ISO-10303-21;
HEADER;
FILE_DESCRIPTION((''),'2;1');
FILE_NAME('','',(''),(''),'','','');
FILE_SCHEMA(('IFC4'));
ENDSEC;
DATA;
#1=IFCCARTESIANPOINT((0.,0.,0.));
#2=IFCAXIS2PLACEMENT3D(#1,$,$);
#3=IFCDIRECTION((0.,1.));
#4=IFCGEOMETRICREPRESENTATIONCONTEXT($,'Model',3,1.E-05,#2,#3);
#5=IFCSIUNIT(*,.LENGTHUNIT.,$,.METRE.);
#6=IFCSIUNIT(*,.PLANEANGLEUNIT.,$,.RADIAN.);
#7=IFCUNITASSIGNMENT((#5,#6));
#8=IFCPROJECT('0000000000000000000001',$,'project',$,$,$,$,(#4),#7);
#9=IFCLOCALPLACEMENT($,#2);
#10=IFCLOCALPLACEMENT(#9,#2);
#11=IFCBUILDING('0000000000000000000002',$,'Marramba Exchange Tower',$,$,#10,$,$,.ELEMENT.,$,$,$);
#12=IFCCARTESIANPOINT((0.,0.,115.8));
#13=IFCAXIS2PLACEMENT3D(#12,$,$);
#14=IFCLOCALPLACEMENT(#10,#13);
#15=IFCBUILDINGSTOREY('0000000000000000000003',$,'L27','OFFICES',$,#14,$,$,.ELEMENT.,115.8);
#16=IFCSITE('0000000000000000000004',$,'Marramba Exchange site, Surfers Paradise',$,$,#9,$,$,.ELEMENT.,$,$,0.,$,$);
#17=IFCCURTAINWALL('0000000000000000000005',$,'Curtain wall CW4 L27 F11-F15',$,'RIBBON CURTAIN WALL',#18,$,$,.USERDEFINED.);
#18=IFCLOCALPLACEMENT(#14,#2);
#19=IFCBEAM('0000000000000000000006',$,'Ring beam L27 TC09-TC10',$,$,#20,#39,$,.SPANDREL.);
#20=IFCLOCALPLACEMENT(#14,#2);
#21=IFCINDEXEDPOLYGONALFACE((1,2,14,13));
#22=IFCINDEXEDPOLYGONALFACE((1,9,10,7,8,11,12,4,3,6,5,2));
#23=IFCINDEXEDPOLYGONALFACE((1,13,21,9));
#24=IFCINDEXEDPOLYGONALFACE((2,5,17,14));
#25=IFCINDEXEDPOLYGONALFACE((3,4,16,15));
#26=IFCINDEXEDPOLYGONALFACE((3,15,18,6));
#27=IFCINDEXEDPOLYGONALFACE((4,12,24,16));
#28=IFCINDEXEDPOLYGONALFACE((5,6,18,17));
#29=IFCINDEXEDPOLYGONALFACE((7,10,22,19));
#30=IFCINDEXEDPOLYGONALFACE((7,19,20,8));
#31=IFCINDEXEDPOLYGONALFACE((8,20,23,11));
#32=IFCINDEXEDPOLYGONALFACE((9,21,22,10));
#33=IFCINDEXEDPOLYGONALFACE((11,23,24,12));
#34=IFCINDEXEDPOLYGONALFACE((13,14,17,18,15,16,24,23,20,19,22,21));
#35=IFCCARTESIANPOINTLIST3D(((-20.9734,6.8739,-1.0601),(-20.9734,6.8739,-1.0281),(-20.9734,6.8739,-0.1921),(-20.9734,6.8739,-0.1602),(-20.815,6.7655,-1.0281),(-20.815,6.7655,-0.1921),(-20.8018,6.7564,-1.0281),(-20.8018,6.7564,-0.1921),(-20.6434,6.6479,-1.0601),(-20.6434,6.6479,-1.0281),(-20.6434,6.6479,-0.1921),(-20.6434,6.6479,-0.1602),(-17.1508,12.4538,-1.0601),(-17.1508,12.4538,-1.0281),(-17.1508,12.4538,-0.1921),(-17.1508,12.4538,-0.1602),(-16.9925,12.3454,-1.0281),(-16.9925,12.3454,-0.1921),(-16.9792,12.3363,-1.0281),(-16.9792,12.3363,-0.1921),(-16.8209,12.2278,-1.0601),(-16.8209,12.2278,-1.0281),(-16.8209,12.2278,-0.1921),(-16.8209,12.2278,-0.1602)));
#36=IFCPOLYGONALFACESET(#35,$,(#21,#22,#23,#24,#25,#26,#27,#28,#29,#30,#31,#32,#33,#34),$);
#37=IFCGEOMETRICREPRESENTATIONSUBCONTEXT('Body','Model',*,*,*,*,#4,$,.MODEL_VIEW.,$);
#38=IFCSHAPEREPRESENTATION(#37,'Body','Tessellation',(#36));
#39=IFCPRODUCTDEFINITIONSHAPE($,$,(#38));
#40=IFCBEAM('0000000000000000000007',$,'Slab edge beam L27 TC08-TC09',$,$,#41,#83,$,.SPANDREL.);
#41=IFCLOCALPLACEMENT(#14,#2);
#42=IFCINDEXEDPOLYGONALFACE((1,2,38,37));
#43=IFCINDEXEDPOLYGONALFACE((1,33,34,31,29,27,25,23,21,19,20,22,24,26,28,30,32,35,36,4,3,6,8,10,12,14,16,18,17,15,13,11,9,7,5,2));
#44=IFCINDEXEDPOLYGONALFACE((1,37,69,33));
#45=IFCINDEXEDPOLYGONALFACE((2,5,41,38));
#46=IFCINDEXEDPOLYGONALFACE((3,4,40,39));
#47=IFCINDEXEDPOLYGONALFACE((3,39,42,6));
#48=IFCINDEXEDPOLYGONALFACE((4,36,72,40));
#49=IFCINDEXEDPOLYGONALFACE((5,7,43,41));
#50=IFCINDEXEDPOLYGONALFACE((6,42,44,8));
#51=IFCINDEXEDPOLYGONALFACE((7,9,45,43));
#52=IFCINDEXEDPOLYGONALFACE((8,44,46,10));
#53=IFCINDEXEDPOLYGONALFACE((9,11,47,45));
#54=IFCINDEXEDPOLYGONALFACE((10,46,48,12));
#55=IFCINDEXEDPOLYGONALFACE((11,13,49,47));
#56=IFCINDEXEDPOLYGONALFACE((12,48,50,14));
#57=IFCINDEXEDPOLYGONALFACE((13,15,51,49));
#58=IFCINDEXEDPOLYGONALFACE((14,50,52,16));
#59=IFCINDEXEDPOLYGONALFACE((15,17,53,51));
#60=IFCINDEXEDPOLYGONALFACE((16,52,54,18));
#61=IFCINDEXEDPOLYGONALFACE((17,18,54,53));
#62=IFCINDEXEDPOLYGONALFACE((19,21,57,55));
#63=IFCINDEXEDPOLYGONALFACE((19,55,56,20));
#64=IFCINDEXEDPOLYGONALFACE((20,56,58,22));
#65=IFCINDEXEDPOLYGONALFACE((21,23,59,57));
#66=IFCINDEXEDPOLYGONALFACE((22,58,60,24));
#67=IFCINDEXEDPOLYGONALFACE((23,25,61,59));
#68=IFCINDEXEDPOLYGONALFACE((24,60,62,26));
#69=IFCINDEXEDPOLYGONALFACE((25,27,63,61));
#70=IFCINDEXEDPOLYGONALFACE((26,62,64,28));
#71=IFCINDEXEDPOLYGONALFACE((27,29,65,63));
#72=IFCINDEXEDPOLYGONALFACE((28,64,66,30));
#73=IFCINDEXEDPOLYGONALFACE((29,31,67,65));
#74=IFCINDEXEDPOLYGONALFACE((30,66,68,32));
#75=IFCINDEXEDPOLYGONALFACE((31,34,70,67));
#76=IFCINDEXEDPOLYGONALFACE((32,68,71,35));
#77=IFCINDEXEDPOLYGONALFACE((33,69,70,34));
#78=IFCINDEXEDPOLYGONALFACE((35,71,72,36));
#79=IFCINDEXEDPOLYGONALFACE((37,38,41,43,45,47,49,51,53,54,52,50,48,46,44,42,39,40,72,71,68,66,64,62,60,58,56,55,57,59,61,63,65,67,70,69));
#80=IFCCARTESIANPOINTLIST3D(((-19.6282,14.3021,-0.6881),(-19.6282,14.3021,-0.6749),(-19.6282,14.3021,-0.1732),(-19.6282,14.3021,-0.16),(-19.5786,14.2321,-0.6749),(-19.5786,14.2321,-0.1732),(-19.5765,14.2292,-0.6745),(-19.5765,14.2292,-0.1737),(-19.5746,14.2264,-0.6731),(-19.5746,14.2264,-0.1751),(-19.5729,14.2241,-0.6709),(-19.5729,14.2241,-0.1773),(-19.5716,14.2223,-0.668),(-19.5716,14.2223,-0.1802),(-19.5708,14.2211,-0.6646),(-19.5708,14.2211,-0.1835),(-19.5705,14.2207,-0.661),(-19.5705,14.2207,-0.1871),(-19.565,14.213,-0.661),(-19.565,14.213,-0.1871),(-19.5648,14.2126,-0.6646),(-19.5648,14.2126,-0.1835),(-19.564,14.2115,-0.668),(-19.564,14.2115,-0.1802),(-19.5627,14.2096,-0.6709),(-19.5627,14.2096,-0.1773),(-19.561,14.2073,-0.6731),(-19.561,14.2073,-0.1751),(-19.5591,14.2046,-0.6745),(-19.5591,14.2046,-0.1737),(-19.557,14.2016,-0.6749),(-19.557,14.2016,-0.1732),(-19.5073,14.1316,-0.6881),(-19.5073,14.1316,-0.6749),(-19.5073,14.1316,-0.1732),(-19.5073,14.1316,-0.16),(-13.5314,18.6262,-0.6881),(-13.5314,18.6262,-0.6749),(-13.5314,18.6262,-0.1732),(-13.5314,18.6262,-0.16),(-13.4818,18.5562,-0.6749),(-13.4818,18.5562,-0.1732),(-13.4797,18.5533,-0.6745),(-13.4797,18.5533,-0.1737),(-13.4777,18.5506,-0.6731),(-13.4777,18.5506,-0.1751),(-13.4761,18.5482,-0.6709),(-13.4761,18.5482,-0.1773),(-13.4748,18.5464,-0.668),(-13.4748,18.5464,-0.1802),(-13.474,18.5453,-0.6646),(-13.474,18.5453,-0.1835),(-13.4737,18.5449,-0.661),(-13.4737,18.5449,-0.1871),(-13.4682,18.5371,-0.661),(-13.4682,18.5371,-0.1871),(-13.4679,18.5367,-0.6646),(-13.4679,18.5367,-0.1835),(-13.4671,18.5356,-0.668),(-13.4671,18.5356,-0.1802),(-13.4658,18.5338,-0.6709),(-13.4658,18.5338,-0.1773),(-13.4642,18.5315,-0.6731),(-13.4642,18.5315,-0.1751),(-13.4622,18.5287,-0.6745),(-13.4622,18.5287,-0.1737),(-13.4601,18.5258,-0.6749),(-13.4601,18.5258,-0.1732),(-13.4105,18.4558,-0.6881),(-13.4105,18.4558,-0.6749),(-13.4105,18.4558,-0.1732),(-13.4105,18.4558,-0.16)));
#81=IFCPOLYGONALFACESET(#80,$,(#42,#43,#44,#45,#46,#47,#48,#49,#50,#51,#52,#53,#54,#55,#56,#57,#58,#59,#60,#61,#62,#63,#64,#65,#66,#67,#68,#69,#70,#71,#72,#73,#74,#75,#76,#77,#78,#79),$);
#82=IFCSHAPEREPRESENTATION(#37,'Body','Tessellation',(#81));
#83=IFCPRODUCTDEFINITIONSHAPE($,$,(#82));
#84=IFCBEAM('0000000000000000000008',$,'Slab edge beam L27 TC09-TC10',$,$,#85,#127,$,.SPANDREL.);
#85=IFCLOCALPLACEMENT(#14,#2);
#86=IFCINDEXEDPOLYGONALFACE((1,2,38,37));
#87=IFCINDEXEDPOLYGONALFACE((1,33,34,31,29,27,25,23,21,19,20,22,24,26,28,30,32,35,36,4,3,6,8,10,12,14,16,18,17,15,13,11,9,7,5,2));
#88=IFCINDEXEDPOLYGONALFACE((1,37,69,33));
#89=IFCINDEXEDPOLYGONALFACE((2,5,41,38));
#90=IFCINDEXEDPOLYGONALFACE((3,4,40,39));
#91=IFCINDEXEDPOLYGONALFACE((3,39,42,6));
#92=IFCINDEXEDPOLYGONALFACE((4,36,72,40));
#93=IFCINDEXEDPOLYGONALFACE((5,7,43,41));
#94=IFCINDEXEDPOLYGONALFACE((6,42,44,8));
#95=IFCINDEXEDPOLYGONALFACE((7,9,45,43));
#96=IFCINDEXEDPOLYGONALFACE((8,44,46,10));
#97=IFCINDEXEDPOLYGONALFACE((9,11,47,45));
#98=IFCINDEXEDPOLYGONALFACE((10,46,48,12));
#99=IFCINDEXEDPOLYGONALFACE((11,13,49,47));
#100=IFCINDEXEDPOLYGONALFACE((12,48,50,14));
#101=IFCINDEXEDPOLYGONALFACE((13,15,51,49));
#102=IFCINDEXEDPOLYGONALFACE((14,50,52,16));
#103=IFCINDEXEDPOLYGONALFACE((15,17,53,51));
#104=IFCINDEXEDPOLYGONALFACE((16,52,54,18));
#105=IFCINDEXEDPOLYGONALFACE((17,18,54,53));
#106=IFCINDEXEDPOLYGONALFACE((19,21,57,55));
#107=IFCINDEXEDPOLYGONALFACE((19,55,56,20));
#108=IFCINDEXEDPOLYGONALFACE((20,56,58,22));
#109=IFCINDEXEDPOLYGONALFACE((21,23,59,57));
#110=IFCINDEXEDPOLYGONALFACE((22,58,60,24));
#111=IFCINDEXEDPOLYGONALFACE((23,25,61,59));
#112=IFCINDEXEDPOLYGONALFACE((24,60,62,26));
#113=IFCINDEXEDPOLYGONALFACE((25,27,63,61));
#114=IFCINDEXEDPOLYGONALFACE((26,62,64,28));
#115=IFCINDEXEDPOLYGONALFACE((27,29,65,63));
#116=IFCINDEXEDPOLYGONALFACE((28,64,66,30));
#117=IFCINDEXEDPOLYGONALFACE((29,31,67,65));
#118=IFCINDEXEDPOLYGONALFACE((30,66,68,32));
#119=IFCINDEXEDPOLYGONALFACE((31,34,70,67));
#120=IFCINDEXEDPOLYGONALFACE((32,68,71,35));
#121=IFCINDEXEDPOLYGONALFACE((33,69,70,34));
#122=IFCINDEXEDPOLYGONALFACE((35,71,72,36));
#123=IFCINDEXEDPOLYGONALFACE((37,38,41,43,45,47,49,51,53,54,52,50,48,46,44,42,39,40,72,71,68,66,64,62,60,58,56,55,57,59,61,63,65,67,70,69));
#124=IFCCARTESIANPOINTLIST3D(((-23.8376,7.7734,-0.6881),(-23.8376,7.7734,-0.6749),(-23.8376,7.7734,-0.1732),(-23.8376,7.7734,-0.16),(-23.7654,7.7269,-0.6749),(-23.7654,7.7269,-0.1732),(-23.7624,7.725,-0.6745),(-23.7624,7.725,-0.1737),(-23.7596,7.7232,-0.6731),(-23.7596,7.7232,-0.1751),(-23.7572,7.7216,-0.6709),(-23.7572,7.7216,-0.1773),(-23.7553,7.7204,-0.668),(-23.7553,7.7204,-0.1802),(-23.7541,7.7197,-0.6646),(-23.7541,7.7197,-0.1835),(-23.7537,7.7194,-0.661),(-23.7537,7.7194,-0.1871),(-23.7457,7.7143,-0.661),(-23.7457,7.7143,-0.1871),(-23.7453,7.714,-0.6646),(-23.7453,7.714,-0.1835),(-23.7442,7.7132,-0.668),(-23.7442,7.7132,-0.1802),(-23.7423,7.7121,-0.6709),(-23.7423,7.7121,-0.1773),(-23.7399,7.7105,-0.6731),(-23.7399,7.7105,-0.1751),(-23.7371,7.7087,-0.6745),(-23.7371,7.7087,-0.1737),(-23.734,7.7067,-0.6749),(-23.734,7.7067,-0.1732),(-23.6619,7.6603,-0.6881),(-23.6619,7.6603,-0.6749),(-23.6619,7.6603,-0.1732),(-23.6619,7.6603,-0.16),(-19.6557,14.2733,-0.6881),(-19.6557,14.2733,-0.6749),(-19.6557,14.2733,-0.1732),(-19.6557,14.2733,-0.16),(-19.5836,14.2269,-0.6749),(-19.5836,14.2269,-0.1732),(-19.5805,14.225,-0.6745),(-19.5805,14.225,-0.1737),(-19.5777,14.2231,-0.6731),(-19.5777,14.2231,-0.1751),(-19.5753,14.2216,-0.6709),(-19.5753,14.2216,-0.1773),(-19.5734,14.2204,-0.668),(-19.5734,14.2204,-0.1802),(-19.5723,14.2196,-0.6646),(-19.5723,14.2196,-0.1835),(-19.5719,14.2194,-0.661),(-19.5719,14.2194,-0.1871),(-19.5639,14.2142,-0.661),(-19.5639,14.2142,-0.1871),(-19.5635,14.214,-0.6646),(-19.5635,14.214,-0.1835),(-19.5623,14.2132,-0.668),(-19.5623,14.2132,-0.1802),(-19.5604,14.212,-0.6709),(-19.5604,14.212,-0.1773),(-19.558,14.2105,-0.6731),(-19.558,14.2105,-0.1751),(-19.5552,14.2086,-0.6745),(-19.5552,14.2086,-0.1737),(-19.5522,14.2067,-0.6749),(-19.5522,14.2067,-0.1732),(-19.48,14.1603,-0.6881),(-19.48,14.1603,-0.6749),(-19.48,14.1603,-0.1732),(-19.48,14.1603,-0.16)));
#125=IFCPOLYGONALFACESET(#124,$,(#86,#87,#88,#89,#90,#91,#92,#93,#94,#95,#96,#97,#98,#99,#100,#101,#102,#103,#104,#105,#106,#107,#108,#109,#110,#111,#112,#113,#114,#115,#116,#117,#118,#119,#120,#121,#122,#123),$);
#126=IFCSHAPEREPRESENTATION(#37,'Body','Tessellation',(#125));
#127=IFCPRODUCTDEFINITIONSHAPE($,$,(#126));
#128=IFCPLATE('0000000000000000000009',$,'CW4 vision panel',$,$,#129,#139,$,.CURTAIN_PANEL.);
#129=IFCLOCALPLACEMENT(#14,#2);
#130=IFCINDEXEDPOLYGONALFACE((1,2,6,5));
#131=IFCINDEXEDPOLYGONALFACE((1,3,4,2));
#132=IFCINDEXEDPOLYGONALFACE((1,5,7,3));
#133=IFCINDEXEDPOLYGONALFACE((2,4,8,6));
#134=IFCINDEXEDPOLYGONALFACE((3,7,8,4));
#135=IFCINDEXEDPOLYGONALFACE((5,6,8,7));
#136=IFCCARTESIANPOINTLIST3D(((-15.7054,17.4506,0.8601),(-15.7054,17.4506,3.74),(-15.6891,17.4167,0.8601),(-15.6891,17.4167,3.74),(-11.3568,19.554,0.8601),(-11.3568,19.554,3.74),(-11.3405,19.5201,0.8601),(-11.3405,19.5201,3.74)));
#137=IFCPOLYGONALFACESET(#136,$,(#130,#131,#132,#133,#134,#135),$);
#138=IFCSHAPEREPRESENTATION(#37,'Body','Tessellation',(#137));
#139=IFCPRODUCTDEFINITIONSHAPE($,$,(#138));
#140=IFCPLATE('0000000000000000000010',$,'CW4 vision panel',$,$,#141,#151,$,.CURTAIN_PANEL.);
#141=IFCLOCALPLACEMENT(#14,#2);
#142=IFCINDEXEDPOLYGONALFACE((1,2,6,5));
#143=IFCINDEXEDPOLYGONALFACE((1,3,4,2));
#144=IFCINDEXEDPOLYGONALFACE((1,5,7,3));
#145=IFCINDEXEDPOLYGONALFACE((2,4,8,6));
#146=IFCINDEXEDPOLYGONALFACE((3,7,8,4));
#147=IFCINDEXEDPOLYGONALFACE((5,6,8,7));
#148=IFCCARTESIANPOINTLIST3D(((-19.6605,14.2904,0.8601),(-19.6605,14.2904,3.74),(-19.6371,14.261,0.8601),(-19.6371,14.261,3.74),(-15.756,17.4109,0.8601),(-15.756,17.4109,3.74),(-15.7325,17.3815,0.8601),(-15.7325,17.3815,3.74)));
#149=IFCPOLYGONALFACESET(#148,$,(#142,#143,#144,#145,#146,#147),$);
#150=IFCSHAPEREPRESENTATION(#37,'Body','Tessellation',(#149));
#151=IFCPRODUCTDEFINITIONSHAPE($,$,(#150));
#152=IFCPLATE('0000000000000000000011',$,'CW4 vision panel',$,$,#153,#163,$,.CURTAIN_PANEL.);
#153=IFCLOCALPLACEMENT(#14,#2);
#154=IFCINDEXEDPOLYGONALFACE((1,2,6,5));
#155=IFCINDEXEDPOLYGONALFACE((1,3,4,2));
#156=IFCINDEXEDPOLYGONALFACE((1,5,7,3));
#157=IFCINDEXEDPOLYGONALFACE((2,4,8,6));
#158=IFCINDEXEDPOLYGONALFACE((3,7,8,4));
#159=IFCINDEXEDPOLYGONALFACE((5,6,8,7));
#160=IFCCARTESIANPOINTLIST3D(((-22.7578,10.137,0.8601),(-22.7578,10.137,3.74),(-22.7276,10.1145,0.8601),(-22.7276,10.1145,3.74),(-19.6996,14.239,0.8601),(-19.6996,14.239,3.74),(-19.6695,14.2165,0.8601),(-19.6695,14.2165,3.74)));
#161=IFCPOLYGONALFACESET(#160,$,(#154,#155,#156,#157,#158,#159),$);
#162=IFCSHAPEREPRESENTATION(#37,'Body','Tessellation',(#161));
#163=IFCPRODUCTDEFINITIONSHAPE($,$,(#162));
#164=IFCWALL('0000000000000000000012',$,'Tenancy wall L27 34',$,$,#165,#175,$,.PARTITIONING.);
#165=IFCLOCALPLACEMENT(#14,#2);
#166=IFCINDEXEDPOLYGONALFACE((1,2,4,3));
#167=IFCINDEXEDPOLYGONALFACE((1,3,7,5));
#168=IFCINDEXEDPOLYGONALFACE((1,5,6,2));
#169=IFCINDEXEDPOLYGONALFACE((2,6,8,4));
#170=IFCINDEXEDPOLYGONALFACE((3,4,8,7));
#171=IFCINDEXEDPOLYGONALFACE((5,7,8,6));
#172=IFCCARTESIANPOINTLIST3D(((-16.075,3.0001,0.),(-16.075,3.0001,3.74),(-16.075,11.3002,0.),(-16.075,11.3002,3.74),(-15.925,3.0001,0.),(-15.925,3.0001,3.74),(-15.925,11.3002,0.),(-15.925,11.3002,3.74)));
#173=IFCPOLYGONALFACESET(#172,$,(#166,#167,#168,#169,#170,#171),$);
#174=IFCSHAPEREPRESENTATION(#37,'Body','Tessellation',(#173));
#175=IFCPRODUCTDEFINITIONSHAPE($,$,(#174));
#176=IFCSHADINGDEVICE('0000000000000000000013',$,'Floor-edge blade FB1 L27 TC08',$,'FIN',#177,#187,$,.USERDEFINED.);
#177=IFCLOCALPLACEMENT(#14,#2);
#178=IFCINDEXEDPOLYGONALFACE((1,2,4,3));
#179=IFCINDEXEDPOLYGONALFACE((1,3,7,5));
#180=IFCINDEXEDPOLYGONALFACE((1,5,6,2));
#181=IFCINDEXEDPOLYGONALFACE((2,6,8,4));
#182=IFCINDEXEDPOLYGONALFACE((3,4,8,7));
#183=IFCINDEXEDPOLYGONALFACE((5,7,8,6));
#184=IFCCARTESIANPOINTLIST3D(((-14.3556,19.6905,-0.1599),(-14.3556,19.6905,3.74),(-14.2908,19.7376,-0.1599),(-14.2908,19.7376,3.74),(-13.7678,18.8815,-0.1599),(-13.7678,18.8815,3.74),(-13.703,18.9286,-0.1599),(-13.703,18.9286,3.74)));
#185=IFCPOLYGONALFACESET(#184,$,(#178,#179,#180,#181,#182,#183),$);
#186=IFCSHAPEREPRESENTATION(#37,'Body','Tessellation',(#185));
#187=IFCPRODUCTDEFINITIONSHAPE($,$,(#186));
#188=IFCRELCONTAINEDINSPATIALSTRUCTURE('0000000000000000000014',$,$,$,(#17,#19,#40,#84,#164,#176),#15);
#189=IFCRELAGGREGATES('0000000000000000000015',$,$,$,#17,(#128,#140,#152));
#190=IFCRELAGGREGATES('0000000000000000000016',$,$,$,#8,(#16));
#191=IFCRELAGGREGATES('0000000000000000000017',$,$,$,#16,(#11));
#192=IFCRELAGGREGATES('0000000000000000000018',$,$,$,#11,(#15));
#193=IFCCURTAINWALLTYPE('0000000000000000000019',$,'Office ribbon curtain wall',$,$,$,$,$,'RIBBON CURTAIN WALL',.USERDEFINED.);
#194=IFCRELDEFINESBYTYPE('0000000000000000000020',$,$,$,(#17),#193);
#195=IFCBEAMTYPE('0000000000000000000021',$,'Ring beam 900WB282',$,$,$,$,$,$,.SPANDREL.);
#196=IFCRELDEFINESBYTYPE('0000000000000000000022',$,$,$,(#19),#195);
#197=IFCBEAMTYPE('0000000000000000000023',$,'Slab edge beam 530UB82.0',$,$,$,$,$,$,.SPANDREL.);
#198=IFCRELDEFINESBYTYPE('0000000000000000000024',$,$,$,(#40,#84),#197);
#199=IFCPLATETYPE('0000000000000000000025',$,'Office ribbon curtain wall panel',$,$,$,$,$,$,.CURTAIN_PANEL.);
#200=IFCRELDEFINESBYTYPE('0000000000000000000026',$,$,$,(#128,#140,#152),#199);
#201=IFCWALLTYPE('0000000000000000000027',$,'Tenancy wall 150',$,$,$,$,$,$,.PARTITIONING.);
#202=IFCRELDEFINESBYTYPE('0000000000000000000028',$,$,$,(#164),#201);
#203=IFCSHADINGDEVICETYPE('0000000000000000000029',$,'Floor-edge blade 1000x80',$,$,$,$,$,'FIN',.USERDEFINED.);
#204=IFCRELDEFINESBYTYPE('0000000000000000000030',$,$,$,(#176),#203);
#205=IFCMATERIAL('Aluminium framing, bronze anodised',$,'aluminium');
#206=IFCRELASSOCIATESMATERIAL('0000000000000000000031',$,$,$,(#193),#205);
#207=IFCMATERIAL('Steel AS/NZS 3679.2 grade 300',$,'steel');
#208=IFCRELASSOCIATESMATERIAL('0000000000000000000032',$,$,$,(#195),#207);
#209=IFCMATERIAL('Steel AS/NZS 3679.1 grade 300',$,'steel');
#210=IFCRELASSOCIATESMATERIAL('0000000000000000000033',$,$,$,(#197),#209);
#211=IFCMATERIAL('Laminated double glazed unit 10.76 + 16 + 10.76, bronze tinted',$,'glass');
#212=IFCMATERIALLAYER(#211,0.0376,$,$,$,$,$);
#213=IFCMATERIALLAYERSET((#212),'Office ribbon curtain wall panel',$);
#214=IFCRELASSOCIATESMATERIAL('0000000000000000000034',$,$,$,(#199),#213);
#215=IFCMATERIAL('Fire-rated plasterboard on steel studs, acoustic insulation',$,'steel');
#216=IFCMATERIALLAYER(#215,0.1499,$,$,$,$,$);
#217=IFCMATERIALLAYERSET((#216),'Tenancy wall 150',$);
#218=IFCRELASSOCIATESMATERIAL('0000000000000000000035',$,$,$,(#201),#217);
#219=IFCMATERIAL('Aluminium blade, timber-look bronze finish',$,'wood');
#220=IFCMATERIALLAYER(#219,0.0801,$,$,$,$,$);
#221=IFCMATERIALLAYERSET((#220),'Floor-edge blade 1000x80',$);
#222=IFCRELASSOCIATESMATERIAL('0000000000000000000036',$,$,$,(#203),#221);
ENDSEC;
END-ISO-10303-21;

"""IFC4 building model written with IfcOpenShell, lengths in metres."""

from ifc_helpers import new_model, si_unit, direction, frame, frame_2d, origin, origin_2d, place, context, subcontext, project, spatial, rectangle, i_section, extrude, material, layer, layer_set, material_profile, profile_set, type_object, element, aggregate, save


model = new_model("IFC4")

# Units and contexts
model_context = context("Model", 3, precision=1e-05, world=origin(), true_north=direction((0.0, 1.0)))
body_context = subcontext(model_context, "Body", "Model", "MODEL_VIEW")
ifc_project = project(units=[si_unit("LENGTHUNIT", "METRE"), si_unit("PLANEANGLEUNIT", "RADIAN")], contexts=[model_context])

# Site, building, storey
site_placement = place(None, origin())
site = spatial("IfcSite", under=ifc_project, at=site_placement, Name="Marramba Exchange site, Surfers Paradise", CompositionType="ELEMENT", RefElevation=0.0)
building_placement = place(site_placement, origin())
building = spatial("IfcBuilding", under=site, at=building_placement, Name="Marramba Exchange Tower", CompositionType="ELEMENT")
storey_placement = place(building_placement, frame((0.0, 0.0, 115.8)))
storey = spatial("IfcBuildingStorey", under=building, at=storey_placement, Name="L27", Description="OFFICES", CompositionType="ELEMENT", Elevation=115.8)

# Shared definitions
ifc_material_1 = material(Name="Steel AS/NZS 3679.2 grade 300", Category="steel")
ifc_material_2 = material(Name="Steel AS/NZS 3679.1 grade 300", Category="steel")

# Curtain wall
ifc_material_3 = material(Name="Aluminium framing, bronze anodised", Category="aluminium")
curtain_wall_type = type_object("IfcCurtainWallType", Name="Office ribbon curtain wall", ElementType="RIBBON CURTAIN WALL", PredefinedType="USERDEFINED", material=ifc_material_3)
curtain_wall_placement = place(storey_placement, origin())
curtain_wall = element("IfcCurtainWall", 1, at=curtain_wall_placement, inside=storey, type_object=curtain_wall_type, Name="Curtain wall CW4 L27 F11-F15", ObjectType="RIBBON CURTAIN WALL", PredefinedType="USERDEFINED")

# Beams
ifc_material_profile_1 = material_profile(ifc_material_1, i_section(OverallWidth=0.3999, OverallDepth=0.8999, WebThickness=0.0161, FlangeThickness=0.032, at=origin_2d()), Name="900WB282")
ifc_profile_set_1 = profile_set([ifc_material_profile_1], Name="Steel AS/NZS 3679.2 grade 300")
beam_type_1 = type_object("IfcBeamType", Name="Ring beam 900WB282", PredefinedType="SPANDREL", material=ifc_profile_set_1)
beam_1_placement = place(storey_placement, frame((-16.9858, 12.3408, -0.6101), z_axis=(-0.56516, -0.824981, 0.0), x_axis=(0.824981, -0.56516, 0.0)))
element("IfcBeam", 2, at=beam_1_placement, inside=storey, type_object=beam_type_1, Name="Ring beam L27 TC09-TC10", PredefinedType="SPANDREL", context=body_context, shape_type="SweptSolid", body=[
    extrude(i_section(OverallWidth=0.3999, OverallDepth=0.8999, WebThickness=0.0161, FlangeThickness=0.032, at=origin_2d()), origin(), (0.0, 0.0, 1.0), 6.7637),
])
ifc_material_profile_2 = material_profile(ifc_material_2, i_section(OverallWidth=0.209, OverallDepth=0.5281, WebThickness=0.0095, FlangeThickness=0.0132, FilletRadius=0.0139, at=origin_2d()), Name="530UB82.0")
ifc_profile_set_2 = profile_set([ifc_material_profile_2], Name="Steel AS/NZS 3679.1 grade 300")
beam_type_2 = type_object("IfcBeamType", Name="Slab edge beam 530UB82.0", PredefinedType="SPANDREL", material=ifc_profile_set_2)
beam_2_placement = place(storey_placement, frame((-13.4709, 18.541, -0.4241), z_axis=(-0.815673, -0.578513, 0.0), x_axis=(0.578513, -0.815673, 0.0)))
element("IfcBeam", 3, at=beam_2_placement, inside=storey, type_object=beam_type_2, Name="Slab edge beam L27 TC08-TC09", PredefinedType="SPANDREL", context=body_context, shape_type="SweptSolid", body=[
    extrude(i_section(OverallWidth=0.209, OverallDepth=0.5281, WebThickness=0.0095, FlangeThickness=0.0132, FilletRadius=0.0139, at=origin_2d()), origin(), (0.0, 0.0, 1.0), 7.4746),
])
beam_3_placement = place(storey_placement, frame((-19.5679, 14.2168, -0.4241), z_axis=(-0.541061, -0.840983, 0.0), x_axis=(0.840983, -0.541061, 0.0)))
element("IfcBeam", 4, at=beam_3_placement, inside=storey, type_object=beam_type_2, Name="Slab edge beam L27 TC09-TC10", PredefinedType="SPANDREL", context=body_context, shape_type="SweptSolid", body=[
    extrude(i_section(OverallWidth=0.209, OverallDepth=0.5281, WebThickness=0.0095, FlangeThickness=0.0132, FilletRadius=0.0139, at=origin_2d()), origin(), (0.0, 0.0, 1.0), 7.729),
])

# Plates
ifc_material_4 = material(Name="Laminated double glazed unit 10.76 + 16 + 10.76, bronze tinted", Category="glass")
ifc_layer_1 = layer(ifc_material_4, 0.0376)
ifc_layer_set_1 = layer_set([ifc_layer_1], Name="Office ribbon curtain wall panel")
plate_type = type_object("IfcPlateType", Name="Office ribbon curtain wall panel", PredefinedType="CURTAIN_PANEL", material=ifc_layer_set_1)
plate_1_placement = place(storey_placement, frame((-13.5229, 18.4854, 0.8601), z_axis=(0.0, 0.0, 1.0), x_axis=(-0.900224, -0.435428, 0.0)))
plate_1 = element("IfcPlate", 5, at=plate_1_placement, type_object=plate_type, Name="CW4 vision panel", PredefinedType="CURTAIN_PANEL", context=body_context, shape_type="SweptSolid", body=[
    extrude(rectangle(XDim=4.8306, YDim=0.0376, at=origin_2d()), origin(), (0.0, 0.0, 1.0), 2.8799),
])
plate_2_placement = place(storey_placement, frame((-17.6965, 15.8359, 0.8601), z_axis=(0.0, 0.0, 1.0), x_axis=(-0.781178, -0.624308, 0.0)))
plate_2 = element("IfcPlate", 6, at=plate_2_placement, type_object=plate_type, Name="CW4 vision panel", PredefinedType="CURTAIN_PANEL", context=body_context, shape_type="SweptSolid", body=[
    extrude(rectangle(XDim=4.9983, YDim=0.0376, at=origin_2d()), origin(), (0.0, 0.0, 1.0), 2.8799),
])
plate_3_placement = place(storey_placement, frame((-21.2136, 12.1768, 0.8601), z_axis=(0.0, 0.0, 1.0), x_axis=(-0.597704, -0.801717, 0.0)))
plate_3 = element("IfcPlate", 7, at=plate_3_placement, type_object=plate_type, Name="CW4 vision panel", PredefinedType="CURTAIN_PANEL", context=body_context, shape_type="SweptSolid", body=[
    extrude(rectangle(XDim=5.1165, YDim=0.0376, at=origin_2d()), origin(), (0.0, 0.0, 1.0), 2.8799),
])
aggregate(curtain_wall, [plate_1, plate_2, plate_3])

# Wall
ifc_material_5 = material(Name="Fire-rated plasterboard on steel studs, acoustic insulation", Category="steel")
ifc_layer_2 = layer(ifc_material_5, 0.1499)
ifc_layer_set_2 = layer_set([ifc_layer_2], Name="Tenancy wall 150")
wall_type_1 = type_object("IfcWallType", Name="Tenancy wall 150", PredefinedType="PARTITIONING", material=ifc_layer_set_2)
wall_1_placement = place(storey_placement, frame((-16.0, 11.3, 0.0), z_axis=(0.0, 0.0, 1.0), x_axis=(0.0, -1.0, 0.0)))
element("IfcWall", 8, at=wall_1_placement, inside=storey, type_object=wall_type_1, Name="Tenancy wall L27 34", PredefinedType="PARTITIONING", context=body_context, shape_type="SweptSolid", body=[
    extrude(rectangle(XDim=8.3, YDim=0.1499, at=frame_2d((4.1499, 0.0))), origin(), (0.0, 0.0, 1.0), 3.74),
])

# Shading device
ifc_material_6 = material(Name="Aluminium blade, timber-look bronze finish", Category="wood")
ifc_layer_3 = layer(ifc_material_6, 0.0801)
ifc_layer_set_3 = layer_set([ifc_layer_3], Name="Floor-edge blade 1000x80")
shading_device_type_1 = type_object("IfcShadingDeviceType", Name="Floor-edge blade 1000x80", ElementType="FIN", PredefinedType="USERDEFINED", material=ifc_layer_set_3)
for number, where, z_axis, x_axis, name in (
    (9, (-14.0293, 19.3096, -0.1599), (0.0, 0.0, 1.0), (-0.587785, 0.809017, 0.0), "Floor-edge blade FB1 L27 TC08"),
):
    element("IfcShadingDevice", number, at=place(storey_placement, frame(where, z_axis=z_axis, x_axis=x_axis)), inside=storey, type_object=shading_device_type_1, Name=name, ObjectType="FIN", PredefinedType="USERDEFINED", context=body_context, shape_type="SweptSolid", body=[
        extrude(rectangle(XDim=1.0, YDim=0.0801, at=origin_2d()), origin(), (0.0, 0.0, 1.0), 3.8999),
    ])

save(model, "model.ifc")
